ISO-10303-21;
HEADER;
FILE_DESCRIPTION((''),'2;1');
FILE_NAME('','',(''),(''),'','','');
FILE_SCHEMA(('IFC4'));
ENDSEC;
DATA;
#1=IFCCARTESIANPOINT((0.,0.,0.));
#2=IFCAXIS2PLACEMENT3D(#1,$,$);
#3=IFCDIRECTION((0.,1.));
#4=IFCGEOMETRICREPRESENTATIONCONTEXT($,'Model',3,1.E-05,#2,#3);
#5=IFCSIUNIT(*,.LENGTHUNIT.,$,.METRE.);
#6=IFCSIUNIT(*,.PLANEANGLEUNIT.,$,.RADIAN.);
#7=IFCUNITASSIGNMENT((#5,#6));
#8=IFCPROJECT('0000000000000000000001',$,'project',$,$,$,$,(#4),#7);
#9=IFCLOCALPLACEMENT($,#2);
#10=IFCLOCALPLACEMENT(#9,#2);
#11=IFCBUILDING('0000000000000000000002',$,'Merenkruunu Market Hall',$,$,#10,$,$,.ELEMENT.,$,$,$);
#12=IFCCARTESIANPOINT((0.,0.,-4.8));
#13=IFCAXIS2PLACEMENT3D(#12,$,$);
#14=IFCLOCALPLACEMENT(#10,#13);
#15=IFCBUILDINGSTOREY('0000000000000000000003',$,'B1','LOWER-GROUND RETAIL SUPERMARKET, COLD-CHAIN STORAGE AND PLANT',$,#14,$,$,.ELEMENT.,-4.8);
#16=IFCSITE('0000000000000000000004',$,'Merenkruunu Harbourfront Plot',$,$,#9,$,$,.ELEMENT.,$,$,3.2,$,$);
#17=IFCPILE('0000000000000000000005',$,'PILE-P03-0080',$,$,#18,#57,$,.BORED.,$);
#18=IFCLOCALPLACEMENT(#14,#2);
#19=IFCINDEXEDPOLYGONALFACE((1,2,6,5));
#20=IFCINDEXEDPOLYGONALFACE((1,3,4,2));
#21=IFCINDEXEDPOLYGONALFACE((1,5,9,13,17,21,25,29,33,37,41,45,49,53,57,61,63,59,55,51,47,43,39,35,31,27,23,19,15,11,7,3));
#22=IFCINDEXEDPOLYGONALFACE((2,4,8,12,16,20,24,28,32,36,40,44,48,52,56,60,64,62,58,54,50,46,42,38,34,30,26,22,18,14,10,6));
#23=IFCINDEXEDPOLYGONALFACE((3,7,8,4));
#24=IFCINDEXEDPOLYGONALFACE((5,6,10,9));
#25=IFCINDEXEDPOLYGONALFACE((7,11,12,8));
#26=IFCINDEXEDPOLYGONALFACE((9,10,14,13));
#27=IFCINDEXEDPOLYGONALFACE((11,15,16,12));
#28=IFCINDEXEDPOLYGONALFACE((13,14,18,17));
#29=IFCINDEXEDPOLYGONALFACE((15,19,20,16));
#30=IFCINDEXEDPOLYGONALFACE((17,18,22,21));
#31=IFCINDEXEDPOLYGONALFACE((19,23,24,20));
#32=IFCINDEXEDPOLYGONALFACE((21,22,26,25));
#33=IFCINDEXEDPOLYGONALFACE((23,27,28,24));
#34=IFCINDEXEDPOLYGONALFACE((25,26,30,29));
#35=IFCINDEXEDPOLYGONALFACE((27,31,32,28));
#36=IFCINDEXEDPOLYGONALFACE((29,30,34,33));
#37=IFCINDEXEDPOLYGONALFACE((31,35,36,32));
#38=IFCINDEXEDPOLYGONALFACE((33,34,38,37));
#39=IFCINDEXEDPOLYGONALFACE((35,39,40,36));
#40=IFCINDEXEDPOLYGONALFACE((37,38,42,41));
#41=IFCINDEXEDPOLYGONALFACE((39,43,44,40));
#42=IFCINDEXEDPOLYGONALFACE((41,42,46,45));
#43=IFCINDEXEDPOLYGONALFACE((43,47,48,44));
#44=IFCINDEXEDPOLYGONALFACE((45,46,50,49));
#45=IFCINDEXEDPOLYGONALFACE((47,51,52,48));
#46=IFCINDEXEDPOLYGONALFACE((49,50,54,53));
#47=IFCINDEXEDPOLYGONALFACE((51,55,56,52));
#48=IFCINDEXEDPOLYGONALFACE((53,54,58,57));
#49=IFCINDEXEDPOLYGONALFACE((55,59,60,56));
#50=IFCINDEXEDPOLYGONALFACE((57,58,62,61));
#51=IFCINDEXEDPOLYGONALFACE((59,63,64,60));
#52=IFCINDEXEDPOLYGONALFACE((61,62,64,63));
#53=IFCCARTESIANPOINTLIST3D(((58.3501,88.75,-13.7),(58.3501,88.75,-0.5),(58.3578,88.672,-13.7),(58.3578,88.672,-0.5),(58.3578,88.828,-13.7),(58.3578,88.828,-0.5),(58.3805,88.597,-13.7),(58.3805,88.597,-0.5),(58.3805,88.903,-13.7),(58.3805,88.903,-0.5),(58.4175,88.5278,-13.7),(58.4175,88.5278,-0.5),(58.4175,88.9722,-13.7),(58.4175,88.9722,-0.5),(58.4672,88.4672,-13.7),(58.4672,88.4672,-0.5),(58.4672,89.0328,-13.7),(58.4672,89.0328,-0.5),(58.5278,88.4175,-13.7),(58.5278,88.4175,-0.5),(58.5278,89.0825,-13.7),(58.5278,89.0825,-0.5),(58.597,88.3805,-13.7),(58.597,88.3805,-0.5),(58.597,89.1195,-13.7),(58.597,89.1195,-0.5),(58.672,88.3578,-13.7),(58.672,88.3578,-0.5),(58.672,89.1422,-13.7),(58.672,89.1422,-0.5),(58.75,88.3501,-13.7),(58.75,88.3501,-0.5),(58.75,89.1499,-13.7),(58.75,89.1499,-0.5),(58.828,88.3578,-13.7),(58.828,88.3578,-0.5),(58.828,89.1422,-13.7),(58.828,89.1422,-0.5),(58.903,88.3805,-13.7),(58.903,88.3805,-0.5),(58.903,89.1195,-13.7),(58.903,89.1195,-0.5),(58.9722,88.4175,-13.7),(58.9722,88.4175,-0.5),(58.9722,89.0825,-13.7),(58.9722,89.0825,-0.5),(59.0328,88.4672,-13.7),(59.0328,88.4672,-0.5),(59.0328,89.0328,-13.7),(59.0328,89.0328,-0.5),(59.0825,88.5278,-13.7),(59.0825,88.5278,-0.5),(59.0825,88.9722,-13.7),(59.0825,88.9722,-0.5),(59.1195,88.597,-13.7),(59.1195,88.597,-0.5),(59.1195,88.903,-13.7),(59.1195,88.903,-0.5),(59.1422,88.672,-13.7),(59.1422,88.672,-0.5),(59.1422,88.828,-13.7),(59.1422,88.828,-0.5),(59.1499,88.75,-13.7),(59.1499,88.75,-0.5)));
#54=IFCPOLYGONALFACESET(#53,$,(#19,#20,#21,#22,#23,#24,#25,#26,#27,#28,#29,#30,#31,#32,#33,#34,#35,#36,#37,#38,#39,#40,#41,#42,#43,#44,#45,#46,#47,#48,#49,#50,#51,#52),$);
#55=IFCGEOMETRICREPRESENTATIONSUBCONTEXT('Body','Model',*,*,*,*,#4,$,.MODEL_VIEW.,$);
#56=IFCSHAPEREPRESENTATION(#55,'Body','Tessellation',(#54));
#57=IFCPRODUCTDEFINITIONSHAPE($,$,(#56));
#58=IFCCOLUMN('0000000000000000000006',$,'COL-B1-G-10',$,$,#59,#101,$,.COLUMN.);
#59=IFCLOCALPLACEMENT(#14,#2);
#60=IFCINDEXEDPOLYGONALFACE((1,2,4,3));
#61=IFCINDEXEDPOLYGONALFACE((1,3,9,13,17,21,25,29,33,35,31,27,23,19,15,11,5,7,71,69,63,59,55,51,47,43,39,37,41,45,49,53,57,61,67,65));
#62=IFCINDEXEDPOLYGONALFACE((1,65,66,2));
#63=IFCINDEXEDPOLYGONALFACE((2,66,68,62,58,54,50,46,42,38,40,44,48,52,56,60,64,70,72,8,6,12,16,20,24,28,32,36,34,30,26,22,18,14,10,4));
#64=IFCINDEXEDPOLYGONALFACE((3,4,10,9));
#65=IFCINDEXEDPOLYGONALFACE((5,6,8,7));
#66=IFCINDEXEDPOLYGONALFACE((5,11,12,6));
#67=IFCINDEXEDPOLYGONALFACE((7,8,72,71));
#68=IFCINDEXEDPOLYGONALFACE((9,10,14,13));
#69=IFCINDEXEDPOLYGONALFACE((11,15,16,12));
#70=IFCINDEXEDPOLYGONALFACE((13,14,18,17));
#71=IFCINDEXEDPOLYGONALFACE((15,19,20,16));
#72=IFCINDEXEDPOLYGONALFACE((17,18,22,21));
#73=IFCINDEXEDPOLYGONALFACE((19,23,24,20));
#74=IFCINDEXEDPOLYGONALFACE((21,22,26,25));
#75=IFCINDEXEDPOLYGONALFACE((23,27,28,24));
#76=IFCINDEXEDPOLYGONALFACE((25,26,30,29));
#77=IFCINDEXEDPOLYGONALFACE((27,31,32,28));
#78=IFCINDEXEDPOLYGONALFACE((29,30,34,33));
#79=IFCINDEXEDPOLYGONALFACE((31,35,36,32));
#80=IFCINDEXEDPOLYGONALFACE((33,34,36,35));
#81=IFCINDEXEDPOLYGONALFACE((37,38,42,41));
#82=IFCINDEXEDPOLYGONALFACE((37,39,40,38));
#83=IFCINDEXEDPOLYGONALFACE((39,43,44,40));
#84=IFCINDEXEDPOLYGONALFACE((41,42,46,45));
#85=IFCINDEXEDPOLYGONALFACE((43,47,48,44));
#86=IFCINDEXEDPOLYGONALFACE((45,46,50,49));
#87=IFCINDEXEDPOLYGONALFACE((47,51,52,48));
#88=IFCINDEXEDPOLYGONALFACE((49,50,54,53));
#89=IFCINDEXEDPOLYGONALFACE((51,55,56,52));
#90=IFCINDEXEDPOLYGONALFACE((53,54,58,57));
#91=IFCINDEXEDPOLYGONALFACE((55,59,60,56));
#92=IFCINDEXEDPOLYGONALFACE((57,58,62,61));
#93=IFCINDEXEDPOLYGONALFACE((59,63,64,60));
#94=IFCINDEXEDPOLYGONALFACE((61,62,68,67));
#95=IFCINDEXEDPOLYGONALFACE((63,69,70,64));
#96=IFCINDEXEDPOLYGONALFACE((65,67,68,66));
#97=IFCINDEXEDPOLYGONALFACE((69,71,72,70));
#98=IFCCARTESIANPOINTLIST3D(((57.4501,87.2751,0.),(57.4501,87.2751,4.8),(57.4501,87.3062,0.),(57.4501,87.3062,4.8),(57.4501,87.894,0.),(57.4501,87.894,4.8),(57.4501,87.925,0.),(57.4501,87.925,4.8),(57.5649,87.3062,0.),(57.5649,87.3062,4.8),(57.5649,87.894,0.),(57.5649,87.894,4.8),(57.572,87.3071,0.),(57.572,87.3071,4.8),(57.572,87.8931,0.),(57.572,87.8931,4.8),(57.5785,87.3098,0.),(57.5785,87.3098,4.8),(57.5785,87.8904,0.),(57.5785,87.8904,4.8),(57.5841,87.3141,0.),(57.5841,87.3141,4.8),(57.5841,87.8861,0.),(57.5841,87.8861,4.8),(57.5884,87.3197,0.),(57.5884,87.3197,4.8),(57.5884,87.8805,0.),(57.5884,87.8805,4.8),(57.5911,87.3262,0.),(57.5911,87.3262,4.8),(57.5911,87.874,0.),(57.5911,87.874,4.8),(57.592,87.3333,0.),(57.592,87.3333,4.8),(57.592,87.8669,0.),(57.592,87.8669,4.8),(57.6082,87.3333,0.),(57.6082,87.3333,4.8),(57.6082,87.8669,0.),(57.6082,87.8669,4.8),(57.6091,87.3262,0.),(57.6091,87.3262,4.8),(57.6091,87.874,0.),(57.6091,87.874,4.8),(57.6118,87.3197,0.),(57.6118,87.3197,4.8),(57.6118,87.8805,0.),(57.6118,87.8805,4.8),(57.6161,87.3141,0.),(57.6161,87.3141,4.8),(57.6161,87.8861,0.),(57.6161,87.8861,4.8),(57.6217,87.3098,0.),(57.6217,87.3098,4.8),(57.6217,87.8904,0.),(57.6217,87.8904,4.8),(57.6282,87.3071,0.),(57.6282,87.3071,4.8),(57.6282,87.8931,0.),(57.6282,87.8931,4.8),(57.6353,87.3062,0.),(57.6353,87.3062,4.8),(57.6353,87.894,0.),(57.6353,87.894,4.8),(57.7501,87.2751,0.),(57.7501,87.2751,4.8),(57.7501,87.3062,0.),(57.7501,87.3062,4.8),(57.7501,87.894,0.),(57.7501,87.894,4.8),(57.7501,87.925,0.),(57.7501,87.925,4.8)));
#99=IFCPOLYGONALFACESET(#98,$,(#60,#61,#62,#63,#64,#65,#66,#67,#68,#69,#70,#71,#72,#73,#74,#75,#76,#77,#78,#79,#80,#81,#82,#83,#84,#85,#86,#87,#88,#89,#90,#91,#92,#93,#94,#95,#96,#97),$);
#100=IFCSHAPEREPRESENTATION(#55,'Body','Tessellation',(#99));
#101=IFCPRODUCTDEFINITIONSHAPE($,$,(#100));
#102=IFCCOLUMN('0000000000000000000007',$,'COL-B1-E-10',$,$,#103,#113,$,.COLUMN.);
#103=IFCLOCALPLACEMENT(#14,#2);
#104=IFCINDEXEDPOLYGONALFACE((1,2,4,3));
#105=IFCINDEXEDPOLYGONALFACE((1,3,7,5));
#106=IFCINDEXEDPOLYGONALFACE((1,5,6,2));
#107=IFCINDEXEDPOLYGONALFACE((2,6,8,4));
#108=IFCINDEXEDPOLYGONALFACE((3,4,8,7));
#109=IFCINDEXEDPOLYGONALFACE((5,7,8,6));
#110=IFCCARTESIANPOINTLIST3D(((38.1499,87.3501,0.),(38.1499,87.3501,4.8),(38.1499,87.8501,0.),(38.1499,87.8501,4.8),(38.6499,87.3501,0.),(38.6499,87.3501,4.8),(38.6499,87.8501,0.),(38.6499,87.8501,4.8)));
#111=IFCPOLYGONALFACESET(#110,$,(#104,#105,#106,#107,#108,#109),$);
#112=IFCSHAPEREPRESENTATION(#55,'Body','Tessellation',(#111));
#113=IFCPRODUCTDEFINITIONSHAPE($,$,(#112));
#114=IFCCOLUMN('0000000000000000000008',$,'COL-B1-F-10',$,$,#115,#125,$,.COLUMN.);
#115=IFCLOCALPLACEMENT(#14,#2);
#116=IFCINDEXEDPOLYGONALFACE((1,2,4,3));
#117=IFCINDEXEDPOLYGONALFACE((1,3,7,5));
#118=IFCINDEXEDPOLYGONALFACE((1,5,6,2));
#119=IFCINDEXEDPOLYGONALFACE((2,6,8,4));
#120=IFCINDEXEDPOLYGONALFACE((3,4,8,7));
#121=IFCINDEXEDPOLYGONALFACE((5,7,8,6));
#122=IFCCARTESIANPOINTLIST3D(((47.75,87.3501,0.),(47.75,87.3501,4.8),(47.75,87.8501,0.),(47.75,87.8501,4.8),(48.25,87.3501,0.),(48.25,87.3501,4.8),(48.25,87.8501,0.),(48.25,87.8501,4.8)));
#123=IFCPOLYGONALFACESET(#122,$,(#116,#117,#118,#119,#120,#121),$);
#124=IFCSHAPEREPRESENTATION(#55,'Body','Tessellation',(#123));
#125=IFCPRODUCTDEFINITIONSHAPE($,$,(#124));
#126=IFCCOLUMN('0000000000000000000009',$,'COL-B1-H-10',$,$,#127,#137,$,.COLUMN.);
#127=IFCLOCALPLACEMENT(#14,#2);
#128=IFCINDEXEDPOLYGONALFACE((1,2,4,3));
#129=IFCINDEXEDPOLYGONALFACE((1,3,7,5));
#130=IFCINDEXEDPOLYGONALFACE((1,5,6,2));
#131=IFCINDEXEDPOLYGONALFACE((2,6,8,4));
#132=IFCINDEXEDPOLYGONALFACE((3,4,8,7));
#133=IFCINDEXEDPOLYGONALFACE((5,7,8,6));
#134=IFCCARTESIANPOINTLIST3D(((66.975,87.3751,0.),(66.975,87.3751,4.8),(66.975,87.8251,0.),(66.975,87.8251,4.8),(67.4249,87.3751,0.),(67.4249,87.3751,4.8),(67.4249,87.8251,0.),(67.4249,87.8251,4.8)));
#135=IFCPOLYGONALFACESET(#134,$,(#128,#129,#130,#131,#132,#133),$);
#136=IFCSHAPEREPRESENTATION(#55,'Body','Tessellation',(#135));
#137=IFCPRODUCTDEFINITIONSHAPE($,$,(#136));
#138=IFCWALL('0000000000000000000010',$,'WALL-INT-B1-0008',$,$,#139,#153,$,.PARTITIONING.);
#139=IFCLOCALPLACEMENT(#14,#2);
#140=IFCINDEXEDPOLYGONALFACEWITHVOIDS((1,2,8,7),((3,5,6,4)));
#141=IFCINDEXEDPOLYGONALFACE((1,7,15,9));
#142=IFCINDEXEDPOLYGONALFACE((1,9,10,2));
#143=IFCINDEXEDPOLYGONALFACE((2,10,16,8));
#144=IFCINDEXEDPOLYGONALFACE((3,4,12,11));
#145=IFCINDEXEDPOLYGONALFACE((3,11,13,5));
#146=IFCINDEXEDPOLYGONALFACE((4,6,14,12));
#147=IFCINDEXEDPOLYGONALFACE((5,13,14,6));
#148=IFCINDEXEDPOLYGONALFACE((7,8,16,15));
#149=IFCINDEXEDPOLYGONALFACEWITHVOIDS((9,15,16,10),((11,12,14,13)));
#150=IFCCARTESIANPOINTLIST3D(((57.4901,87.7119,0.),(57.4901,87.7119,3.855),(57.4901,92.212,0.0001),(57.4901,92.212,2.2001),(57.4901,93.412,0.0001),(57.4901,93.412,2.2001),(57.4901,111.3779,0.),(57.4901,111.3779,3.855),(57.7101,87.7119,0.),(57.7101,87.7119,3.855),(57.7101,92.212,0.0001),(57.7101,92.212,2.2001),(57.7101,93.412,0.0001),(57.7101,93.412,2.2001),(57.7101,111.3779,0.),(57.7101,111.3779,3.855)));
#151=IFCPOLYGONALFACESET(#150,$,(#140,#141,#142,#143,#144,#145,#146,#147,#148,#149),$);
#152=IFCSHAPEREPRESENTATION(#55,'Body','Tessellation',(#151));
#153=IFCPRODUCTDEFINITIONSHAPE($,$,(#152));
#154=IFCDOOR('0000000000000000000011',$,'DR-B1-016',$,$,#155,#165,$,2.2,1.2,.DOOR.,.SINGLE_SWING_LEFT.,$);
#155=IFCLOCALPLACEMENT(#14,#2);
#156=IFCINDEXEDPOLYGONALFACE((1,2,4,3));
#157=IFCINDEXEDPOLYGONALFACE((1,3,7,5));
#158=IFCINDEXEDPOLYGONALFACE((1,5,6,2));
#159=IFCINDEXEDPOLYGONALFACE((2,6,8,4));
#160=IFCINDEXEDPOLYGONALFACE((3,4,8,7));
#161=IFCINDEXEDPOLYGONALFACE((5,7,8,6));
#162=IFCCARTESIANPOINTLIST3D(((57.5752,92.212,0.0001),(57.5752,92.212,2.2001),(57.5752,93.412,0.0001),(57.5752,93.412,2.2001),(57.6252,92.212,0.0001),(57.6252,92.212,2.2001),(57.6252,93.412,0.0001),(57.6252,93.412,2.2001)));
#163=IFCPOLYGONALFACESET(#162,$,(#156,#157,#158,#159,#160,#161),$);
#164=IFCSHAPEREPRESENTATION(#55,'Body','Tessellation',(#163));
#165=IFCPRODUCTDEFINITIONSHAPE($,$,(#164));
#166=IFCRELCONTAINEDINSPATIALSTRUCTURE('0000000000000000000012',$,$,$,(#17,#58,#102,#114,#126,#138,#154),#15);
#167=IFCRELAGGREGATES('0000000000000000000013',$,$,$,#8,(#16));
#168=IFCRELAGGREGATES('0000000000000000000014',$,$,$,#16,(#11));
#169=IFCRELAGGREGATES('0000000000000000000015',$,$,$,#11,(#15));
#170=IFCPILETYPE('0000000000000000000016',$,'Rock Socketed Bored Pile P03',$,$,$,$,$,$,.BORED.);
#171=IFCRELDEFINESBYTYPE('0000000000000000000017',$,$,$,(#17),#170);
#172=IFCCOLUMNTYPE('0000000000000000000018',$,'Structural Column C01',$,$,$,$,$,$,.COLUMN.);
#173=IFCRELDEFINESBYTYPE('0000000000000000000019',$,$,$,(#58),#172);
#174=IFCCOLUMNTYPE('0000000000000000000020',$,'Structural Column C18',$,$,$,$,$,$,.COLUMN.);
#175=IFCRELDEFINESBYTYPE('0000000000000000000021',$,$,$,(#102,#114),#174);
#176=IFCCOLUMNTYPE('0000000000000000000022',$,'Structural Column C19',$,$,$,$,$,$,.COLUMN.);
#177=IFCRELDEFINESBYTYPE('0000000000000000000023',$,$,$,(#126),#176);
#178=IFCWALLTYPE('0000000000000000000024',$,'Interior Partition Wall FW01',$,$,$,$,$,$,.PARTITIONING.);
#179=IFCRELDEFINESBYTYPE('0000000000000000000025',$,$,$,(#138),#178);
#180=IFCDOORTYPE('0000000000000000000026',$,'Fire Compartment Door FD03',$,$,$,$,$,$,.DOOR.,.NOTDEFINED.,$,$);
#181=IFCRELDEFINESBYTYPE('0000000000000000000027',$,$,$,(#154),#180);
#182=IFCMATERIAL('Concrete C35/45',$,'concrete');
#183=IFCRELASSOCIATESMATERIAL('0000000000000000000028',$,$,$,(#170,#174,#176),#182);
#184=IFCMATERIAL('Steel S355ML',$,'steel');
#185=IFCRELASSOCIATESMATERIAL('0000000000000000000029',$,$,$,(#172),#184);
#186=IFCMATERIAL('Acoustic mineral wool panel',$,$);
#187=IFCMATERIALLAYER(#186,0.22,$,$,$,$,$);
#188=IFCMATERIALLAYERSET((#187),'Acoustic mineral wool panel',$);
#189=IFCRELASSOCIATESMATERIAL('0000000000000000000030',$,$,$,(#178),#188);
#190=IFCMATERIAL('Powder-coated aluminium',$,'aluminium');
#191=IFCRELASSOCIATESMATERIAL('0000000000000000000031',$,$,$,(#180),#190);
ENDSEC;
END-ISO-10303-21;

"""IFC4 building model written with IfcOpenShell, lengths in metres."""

from ifc_helpers import new_model, si_unit, direction, frame, frame_2d, origin, origin_2d, place, context, subcontext, project, spatial, rectangle, circle, i_section, extrude, material, layer, layer_set, material_profile, profile_set, type_object, element, fill, save


model = new_model("IFC4")

# Units and contexts
model_context = context("Model", 3, precision=1e-05, world=origin(), true_north=direction((0.0, 1.0)))
body_context = subcontext(model_context, "Body", "Model", "MODEL_VIEW")
ifc_project = project(units=[si_unit("LENGTHUNIT", "METRE"), si_unit("PLANEANGLEUNIT", "RADIAN")], contexts=[model_context])

# Site, building, storey
site_placement = place(None, origin())
site = spatial("IfcSite", under=ifc_project, at=site_placement, Name="Merenkruunu Harbourfront Plot", CompositionType="ELEMENT", RefElevation=3.2)
building_placement = place(site_placement, origin())
building = spatial("IfcBuilding", under=site, at=building_placement, Name="Merenkruunu Market Hall", CompositionType="ELEMENT")
storey_placement = place(building_placement, frame((0.0, 0.0, -4.8)))
storey = spatial("IfcBuildingStorey", under=building, at=storey_placement, Name="B1", Description="LOWER-GROUND RETAIL SUPERMARKET, COLD-CHAIN STORAGE AND PLANT", CompositionType="ELEMENT", Elevation=-4.8)

# Pile
ifc_material_1 = material(Name="Concrete C35/45", Category="concrete")
ifc_material_profile_1 = material_profile(ifc_material_1, circle(Radius=0.3999, at=origin_2d()), Name="BORED PILE 800")
ifc_profile_set_1 = profile_set([ifc_material_profile_1], Name="Concrete C35/45")
pile_type_1 = type_object("IfcPileType", Name="Rock Socketed Bored Pile P03", PredefinedType="BORED", material=ifc_profile_set_1)
for number, where, z_axis, x_axis, name in (
    (1, (58.75, 88.75, -0.5), (0.0, 0.0, -1.0), (1.0, 0.0, 0.0), "PILE-P03-0080"),
):
    element("IfcPile", number, at=place(storey_placement, frame(where, z_axis=z_axis, x_axis=x_axis)), inside=storey, type_object=pile_type_1, Name=name, PredefinedType="BORED", context=body_context, shape_type="SweptSolid", body=[
        extrude(circle(Radius=0.3999, at=origin_2d()), origin(), (0.0, 0.0, 1.0), 13.2),
    ])

# Columns
ifc_material_2 = material(Name="Steel S355ML", Category="steel")
ifc_material_profile_2 = material_profile(ifc_material_2, i_section(OverallWidth=0.3, OverallDepth=0.6499, WebThickness=0.0161, FlangeThickness=0.031, FilletRadius=0.0271, at=origin_2d()), Name="HEB 650")
ifc_profile_set_2 = profile_set([ifc_material_profile_2], Name="Steel S355ML")
column_type_1 = type_object("IfcColumnType", Name="Structural Column C01", PredefinedType="COLUMN", material=ifc_profile_set_2)
column_1_placement = place(storey_placement, frame((57.6001, 87.6001, 0.0), z_axis=(0.0, 0.0, 1.0), x_axis=(1.0, 0.0, 0.0)))
element("IfcColumn", 2, at=column_1_placement, inside=storey, type_object=column_type_1, Name="COL-B1-G-10", PredefinedType="COLUMN", context=body_context, shape_type="SweptSolid", body=[
    extrude(i_section(OverallWidth=0.3, OverallDepth=0.6499, WebThickness=0.0161, FlangeThickness=0.031, FilletRadius=0.0271, at=origin_2d()), origin(), (0.0, 0.0, 1.0), 4.8),
])
ifc_material_profile_3 = material_profile(ifc_material_1, rectangle(XDim=0.5, YDim=0.5, at=origin_2d()), Name="RC 500x500")
ifc_profile_set_3 = profile_set([ifc_material_profile_3], Name="Concrete C35/45")
column_type_2 = type_object("IfcColumnType", Name="Structural Column C18", PredefinedType="COLUMN", material=ifc_profile_set_3)
for number, where, z_axis, x_axis, name in (
    (3, (38.3999, 87.6001, 0.0), (0.0, 0.0, 1.0), (1.0, 0.0, 0.0), "COL-B1-E-10"),
    (4, (48.0, 87.6001, 0.0), (0.0, 0.0, 1.0), (1.0, 0.0, 0.0), "COL-B1-F-10"),
):
    element("IfcColumn", number, at=place(storey_placement, frame(where, z_axis=z_axis, x_axis=x_axis)), inside=storey, type_object=column_type_2, Name=name, PredefinedType="COLUMN", context=body_context, shape_type="SweptSolid", body=[
        extrude(rectangle(XDim=0.5, YDim=0.5, at=origin_2d()), origin(), (0.0, 0.0, 1.0), 4.8),
    ])
ifc_material_profile_4 = material_profile(ifc_material_1, rectangle(XDim=0.45, YDim=0.45, at=origin_2d()), Name="RC 450x450")
ifc_profile_set_4 = profile_set([ifc_material_profile_4], Name="Concrete C35/45")
column_type_3 = type_object("IfcColumnType", Name="Structural Column C19", PredefinedType="COLUMN", material=ifc_profile_set_4)
column_2_placement = place(storey_placement, frame((67.2, 87.6001, 0.0), z_axis=(0.0, 0.0, 1.0), x_axis=(1.0, 0.0, 0.0)))
element("IfcColumn", 5, at=column_2_placement, inside=storey, type_object=column_type_3, Name="COL-B1-H-10", PredefinedType="COLUMN", context=body_context, shape_type="SweptSolid", body=[
    extrude(rectangle(XDim=0.45, YDim=0.45, at=origin_2d()), origin(), (0.0, 0.0, 1.0), 4.8),
])

# Wall, opening, door
ifc_material_3 = material(Name="Acoustic mineral wool panel")
ifc_layer_1 = layer(ifc_material_3, 0.22)
ifc_layer_set_1 = layer_set([ifc_layer_1], Name="Acoustic mineral wool panel")
wall_type_1 = type_object("IfcWallType", Name="Interior Partition Wall FW01", PredefinedType="PARTITIONING", material=ifc_layer_set_1)
wall_1_placement = place(storey_placement, frame((57.6001, 87.7119, 0.0), z_axis=(0.0, 0.0, 1.0), x_axis=(0.0, 1.0, 0.0)))
wall_1 = element("IfcWall", 6, at=wall_1_placement, inside=storey, type_object=wall_type_1, Name="WALL-INT-B1-0008", PredefinedType="PARTITIONING", context=body_context, shape_type="SweptSolid", body=[
    extrude(rectangle(XDim=23.666, YDim=0.22, at=frame_2d((11.833, 0.0))), origin(), (0.0, 0.0, 1.0), 3.855),
])
opening_1_placement = place(wall_1_placement, frame((4.5, 0.0, 0.0)))
opening_1 = element("IfcOpeningElement", 7, at=opening_1_placement, cuts=wall_1, PredefinedType="OPENING", context=body_context, shape_type="SweptSolid", body=[
    extrude(rectangle(XDim=1.2, YDim=2.2, at=frame_2d((0.6001, 1.1001))), frame((0.0, 0.1201, 0.0), z_axis=(0.0, -1.0, 0.0), x_axis=(1.0, 0.0, 0.0)), (0.0, 0.0, 1.0), 0.24),
])
ifc_material_4 = material(Name="Powder-coated aluminium", Category="aluminium")
door_type_1 = type_object("IfcDoorType", Name="Fire Compartment Door FD03", OperationType="NOTDEFINED", PredefinedType="DOOR", material=ifc_material_4)
door_1_placement = place(opening_1_placement, origin())
door_1 = element("IfcDoor", 8, at=door_1_placement, inside=storey, type_object=door_type_1, Name="DR-B1-016", OperationType="SINGLE_SWING_LEFT", OverallHeight=2.2, OverallWidth=1.2, PredefinedType="DOOR", context=body_context, shape_type="SweptSolid", body=[
    extrude(rectangle(XDim=1.2, YDim=2.2, at=frame_2d((0.6001, 1.1001))), frame((0.0, 0.0249, 0.0), z_axis=(0.0, -1.0, 0.0), x_axis=(1.0, 0.0, 0.0)), (0.0, 0.0, 1.0), 0.05),
])
fill(opening_1, door_1)

save(model, "model.ifc")
